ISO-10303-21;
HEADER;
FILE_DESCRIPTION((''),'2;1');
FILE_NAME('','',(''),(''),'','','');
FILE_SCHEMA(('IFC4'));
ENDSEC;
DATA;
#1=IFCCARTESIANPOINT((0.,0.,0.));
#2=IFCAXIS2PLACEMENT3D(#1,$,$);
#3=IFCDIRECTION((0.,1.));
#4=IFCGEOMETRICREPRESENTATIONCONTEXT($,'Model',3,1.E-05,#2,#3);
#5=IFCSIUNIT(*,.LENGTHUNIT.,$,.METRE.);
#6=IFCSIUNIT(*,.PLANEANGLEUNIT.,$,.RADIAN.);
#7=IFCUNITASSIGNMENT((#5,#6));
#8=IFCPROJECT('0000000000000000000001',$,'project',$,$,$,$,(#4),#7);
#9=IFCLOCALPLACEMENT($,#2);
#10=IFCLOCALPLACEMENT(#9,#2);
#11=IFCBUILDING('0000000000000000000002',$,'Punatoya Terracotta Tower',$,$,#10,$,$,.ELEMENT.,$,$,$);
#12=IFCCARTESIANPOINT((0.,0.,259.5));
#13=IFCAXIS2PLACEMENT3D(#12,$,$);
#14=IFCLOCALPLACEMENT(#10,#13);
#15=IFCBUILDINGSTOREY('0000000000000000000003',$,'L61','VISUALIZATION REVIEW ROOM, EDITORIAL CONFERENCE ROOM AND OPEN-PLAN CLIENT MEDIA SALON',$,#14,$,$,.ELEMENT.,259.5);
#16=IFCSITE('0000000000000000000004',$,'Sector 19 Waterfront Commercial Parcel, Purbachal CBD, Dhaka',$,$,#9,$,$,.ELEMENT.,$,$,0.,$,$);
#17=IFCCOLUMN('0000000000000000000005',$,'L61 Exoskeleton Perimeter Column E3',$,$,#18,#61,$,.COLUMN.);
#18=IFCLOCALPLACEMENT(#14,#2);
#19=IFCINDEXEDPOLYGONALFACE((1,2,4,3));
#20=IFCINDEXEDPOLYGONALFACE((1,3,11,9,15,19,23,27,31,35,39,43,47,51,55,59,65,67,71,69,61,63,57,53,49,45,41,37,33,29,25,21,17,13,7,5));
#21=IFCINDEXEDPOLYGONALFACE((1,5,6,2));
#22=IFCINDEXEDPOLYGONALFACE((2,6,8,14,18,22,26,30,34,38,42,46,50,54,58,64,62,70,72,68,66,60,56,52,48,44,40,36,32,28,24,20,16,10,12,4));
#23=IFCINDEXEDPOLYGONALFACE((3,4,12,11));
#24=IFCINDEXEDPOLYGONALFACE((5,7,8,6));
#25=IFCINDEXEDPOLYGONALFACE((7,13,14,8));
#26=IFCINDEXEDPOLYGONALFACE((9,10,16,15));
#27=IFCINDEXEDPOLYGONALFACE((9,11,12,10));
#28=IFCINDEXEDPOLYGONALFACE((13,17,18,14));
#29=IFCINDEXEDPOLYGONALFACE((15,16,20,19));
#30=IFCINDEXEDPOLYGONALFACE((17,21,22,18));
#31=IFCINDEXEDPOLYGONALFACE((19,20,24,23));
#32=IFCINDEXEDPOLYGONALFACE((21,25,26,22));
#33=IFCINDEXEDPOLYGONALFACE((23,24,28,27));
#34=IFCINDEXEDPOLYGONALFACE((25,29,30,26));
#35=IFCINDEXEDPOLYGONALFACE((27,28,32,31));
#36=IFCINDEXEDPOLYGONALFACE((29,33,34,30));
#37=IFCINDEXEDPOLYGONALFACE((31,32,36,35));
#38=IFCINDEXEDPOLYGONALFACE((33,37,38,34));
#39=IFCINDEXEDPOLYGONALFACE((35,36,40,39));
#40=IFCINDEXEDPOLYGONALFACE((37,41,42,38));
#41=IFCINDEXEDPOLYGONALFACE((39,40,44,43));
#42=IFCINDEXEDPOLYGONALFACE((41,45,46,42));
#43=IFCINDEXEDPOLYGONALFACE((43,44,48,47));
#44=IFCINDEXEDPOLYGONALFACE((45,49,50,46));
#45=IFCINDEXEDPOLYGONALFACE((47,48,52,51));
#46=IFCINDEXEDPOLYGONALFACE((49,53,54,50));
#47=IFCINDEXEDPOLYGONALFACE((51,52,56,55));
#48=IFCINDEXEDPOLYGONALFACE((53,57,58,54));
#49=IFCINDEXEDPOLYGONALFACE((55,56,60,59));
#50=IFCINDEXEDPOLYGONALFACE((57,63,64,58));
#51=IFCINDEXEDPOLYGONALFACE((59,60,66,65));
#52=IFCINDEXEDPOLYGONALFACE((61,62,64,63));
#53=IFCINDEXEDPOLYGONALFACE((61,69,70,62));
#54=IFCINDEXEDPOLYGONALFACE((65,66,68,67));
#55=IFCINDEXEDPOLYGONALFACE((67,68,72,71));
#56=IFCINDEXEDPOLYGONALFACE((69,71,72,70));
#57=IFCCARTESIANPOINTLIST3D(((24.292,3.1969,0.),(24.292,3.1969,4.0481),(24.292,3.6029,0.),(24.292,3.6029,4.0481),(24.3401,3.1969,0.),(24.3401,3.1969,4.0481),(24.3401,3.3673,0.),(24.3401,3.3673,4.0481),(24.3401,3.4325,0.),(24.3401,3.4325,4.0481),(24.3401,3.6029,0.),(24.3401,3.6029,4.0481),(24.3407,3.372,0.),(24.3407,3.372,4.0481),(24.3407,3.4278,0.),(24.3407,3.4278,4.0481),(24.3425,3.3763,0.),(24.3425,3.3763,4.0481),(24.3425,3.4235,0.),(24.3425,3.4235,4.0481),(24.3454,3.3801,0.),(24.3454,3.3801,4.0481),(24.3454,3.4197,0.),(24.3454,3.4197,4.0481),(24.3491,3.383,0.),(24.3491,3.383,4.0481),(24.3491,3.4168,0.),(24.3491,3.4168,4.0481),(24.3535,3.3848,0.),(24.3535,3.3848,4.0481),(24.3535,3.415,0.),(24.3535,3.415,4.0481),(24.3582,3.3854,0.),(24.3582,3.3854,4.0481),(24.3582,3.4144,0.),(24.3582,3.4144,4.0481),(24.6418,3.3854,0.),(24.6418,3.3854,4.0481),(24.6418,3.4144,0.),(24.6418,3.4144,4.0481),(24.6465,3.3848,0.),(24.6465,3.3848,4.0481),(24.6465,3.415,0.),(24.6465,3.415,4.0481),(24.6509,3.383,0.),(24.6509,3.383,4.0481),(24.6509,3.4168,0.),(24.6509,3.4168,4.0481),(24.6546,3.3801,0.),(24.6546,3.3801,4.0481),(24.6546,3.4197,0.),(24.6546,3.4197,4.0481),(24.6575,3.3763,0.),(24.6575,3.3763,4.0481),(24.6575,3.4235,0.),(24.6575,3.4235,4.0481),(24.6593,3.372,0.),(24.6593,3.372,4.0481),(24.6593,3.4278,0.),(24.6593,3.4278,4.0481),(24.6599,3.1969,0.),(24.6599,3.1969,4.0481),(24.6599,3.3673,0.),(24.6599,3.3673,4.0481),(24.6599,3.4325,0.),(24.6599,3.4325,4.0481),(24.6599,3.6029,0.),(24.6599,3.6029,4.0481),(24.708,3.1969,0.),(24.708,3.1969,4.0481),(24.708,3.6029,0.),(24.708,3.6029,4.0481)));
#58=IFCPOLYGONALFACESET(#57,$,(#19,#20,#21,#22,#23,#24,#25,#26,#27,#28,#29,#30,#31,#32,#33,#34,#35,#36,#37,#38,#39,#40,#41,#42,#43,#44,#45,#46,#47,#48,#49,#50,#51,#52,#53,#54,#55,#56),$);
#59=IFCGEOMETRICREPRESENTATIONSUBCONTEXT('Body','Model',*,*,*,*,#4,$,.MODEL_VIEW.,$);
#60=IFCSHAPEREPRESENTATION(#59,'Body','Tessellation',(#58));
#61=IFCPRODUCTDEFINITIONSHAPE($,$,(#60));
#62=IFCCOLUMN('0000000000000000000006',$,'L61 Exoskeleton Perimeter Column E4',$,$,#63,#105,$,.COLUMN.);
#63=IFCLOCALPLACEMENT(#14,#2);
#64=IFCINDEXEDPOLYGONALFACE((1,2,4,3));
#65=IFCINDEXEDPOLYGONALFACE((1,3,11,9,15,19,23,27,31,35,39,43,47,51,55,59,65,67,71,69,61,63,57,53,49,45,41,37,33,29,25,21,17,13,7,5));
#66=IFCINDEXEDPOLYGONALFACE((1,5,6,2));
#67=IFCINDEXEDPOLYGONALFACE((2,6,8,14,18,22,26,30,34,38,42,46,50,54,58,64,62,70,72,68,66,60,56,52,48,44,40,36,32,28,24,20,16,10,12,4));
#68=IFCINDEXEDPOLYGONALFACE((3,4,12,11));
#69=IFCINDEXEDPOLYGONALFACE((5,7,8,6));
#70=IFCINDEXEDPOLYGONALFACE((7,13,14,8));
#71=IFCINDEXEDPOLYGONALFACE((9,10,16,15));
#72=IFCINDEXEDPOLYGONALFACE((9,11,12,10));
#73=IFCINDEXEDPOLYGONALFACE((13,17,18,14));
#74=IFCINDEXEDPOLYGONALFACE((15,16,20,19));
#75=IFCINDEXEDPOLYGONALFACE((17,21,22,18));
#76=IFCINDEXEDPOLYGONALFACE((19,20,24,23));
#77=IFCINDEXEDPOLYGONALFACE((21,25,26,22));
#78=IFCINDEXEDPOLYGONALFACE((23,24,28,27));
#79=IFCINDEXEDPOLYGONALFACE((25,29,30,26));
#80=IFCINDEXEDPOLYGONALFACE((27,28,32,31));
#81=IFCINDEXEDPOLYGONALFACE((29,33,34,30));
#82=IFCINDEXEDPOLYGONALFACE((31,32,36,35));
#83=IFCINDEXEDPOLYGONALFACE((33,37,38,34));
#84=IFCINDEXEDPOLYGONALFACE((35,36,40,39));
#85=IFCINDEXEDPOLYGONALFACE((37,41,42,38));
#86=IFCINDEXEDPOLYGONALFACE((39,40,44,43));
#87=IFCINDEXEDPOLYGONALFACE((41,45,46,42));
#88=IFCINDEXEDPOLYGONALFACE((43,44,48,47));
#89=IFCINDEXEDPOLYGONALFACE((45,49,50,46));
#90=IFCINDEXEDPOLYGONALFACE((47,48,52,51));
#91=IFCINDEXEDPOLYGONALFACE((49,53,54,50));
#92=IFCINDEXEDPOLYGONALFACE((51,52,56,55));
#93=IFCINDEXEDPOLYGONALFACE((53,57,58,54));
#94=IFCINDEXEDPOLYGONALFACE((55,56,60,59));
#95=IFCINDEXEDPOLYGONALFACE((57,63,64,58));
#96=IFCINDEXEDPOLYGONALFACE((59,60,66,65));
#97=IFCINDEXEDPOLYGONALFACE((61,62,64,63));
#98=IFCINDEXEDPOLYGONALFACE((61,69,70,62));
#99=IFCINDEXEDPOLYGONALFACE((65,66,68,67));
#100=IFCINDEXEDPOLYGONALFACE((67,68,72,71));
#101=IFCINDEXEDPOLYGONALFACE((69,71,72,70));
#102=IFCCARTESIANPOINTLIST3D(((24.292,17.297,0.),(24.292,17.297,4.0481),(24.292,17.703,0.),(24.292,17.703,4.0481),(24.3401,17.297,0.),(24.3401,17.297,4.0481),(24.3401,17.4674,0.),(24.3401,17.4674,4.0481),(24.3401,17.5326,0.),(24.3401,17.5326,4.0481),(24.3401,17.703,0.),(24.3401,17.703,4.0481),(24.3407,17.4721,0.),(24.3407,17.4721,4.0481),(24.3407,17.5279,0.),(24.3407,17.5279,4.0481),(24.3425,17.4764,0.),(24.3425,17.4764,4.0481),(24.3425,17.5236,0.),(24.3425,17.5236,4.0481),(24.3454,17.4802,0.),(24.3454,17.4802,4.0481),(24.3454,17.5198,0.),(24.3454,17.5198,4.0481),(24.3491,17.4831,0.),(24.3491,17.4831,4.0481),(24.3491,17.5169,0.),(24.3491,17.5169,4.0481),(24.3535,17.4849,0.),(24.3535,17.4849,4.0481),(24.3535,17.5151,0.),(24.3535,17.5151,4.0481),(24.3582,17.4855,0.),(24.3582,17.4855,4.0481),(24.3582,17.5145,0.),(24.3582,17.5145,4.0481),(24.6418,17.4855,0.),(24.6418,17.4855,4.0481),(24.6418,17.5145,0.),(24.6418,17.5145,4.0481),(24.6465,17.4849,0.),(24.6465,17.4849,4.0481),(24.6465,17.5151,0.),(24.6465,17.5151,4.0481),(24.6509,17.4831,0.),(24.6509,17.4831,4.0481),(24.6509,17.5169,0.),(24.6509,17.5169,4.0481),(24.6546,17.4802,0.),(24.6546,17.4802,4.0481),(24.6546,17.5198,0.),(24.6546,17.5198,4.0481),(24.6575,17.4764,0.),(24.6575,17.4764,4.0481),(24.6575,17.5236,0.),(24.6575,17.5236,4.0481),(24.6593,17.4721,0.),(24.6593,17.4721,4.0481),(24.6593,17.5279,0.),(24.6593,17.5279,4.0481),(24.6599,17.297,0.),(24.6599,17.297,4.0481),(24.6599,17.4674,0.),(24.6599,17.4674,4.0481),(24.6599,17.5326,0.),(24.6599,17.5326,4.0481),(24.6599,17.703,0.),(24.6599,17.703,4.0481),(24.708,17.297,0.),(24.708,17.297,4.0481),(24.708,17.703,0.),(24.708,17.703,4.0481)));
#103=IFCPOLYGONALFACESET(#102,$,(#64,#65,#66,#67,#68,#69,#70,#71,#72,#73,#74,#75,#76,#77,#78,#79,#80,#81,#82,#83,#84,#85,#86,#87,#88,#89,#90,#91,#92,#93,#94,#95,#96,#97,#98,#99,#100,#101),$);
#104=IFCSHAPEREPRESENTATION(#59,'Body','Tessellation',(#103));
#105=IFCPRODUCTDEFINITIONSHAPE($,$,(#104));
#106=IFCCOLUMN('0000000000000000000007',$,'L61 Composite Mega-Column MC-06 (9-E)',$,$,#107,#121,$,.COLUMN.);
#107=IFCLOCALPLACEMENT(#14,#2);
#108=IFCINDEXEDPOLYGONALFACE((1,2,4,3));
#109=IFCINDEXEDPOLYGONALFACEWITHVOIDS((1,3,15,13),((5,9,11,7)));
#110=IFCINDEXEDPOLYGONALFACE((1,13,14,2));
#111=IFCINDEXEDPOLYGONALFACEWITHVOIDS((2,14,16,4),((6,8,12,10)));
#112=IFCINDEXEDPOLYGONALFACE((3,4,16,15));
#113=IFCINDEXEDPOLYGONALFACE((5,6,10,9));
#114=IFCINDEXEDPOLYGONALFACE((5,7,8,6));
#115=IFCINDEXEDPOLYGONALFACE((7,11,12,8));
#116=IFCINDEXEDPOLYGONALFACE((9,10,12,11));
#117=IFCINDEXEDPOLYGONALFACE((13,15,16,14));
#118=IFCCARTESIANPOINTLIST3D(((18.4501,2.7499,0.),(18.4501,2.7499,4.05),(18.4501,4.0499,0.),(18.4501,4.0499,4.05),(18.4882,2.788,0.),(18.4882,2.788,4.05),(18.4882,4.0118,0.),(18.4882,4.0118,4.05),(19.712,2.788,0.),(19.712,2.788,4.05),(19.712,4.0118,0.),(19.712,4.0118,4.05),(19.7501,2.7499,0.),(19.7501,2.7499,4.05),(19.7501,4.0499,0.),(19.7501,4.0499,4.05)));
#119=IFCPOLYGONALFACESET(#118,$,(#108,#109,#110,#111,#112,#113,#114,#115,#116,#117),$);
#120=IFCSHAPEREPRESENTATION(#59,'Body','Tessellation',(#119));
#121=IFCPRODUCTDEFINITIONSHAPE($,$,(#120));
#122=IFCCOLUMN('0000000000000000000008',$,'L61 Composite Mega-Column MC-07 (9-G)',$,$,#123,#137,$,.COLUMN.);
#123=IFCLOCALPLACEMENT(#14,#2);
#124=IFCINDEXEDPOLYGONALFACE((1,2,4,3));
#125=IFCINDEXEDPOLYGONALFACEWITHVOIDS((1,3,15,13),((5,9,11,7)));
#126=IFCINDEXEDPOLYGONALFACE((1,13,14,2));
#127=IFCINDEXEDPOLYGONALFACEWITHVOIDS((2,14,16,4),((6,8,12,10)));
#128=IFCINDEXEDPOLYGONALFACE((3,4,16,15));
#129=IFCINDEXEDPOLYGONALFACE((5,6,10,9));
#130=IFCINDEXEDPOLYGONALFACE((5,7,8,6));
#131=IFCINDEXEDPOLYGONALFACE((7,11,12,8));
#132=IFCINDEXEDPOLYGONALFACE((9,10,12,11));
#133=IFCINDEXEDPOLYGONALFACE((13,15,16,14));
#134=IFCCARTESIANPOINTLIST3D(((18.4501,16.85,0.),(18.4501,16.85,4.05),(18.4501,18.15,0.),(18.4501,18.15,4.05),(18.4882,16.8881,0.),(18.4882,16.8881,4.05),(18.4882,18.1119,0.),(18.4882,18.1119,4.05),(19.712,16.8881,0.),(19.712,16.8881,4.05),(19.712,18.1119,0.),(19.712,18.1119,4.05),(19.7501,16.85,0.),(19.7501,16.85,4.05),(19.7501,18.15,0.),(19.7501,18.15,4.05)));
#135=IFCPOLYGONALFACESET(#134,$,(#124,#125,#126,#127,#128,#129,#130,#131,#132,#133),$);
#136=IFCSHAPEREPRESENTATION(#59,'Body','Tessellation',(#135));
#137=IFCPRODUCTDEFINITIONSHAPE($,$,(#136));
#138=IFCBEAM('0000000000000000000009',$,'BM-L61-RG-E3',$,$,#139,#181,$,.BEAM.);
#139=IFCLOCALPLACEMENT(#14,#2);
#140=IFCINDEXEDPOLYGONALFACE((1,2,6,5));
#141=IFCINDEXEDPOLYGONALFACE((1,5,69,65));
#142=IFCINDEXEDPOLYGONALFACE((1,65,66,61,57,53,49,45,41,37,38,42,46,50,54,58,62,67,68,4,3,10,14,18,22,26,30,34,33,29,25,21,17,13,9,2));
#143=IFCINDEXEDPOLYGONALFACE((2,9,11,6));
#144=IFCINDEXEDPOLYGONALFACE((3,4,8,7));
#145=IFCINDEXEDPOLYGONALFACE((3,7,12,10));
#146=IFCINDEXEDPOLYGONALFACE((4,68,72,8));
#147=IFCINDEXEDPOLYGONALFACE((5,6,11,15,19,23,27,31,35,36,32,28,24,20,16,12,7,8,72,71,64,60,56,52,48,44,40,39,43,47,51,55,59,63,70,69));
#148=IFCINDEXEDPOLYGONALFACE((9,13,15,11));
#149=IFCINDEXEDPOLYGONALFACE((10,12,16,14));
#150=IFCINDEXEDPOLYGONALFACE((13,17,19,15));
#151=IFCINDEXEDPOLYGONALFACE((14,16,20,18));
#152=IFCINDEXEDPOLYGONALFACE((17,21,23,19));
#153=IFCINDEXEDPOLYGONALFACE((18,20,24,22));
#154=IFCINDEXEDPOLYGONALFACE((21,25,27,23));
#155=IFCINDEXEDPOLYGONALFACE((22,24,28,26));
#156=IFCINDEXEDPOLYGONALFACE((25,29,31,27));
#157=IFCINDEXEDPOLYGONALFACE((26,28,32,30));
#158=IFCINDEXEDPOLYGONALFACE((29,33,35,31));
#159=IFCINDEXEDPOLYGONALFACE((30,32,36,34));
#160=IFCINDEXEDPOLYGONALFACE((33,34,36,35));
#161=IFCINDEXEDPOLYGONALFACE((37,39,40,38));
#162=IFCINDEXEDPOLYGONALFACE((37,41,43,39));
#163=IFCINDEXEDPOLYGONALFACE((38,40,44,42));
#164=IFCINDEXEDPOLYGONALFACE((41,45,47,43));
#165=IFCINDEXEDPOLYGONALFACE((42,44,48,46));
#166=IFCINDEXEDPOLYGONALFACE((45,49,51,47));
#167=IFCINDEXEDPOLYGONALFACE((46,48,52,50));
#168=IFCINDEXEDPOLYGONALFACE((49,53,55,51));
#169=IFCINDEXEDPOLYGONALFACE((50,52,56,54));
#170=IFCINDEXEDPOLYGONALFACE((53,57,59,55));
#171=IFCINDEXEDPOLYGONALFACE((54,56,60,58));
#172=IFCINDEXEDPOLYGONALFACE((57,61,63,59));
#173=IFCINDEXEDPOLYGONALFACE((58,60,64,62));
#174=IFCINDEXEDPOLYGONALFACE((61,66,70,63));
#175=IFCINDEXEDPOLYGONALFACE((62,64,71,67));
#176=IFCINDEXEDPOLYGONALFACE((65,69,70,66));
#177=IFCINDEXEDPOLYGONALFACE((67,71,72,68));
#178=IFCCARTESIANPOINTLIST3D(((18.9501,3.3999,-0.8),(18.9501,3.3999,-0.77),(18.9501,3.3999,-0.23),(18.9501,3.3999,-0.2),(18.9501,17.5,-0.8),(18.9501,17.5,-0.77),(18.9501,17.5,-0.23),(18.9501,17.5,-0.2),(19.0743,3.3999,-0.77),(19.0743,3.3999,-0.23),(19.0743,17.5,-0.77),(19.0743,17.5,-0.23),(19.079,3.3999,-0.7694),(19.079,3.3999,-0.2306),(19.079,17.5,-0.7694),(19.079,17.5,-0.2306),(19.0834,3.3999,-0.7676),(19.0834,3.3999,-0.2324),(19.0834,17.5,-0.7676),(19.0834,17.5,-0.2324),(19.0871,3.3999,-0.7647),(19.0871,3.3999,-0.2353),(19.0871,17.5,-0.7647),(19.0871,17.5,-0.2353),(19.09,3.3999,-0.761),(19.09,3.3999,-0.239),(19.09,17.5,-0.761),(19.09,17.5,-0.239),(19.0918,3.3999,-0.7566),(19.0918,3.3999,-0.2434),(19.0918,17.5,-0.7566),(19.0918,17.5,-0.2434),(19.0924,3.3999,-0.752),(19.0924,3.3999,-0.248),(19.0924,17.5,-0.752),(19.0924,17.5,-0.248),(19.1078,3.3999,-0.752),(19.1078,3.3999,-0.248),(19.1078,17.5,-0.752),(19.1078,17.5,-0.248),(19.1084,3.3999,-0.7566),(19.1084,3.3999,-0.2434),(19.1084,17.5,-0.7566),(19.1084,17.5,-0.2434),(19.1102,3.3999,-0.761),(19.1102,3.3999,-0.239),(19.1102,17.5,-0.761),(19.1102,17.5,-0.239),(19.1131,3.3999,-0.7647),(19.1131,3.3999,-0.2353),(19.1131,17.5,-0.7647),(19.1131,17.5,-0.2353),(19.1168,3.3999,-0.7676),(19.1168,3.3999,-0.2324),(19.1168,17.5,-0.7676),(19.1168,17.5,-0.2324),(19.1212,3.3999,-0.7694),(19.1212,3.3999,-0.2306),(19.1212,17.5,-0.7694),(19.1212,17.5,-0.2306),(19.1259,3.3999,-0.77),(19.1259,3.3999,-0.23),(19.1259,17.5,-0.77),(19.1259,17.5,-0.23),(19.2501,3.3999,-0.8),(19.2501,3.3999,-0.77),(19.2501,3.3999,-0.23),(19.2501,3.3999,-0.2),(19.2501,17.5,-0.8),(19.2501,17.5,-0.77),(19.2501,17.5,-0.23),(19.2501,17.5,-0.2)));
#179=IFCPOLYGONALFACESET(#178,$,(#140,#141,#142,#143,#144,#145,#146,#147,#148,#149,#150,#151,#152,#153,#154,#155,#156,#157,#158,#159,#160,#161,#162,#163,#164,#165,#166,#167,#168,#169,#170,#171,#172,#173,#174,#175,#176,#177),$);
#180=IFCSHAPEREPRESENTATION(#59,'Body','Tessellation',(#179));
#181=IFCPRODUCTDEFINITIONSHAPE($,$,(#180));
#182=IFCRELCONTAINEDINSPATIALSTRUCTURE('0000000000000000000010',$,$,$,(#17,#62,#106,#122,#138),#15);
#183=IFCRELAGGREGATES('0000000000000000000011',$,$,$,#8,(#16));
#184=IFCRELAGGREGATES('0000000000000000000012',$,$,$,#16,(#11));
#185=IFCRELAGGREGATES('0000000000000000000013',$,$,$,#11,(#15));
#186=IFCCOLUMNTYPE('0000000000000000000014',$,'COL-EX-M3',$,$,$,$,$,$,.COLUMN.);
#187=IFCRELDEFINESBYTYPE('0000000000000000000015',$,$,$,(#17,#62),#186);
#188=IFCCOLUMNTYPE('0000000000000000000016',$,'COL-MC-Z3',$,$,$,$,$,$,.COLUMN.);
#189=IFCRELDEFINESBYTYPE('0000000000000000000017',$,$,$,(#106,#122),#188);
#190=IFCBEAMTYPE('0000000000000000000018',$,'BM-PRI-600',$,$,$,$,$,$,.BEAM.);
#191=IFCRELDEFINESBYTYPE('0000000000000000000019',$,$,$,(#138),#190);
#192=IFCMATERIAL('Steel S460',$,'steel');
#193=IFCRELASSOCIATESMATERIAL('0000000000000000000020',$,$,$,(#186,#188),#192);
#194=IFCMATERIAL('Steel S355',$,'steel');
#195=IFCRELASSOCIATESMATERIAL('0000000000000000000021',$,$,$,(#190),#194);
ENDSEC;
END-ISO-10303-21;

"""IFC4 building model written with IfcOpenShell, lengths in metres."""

from ifc_helpers import new_model, si_unit, direction, frame, origin, origin_2d, place, context, subcontext, project, spatial, hollow_rectangle, i_section, extrude, material, material_profile, profile_set, type_object, element, save


model = new_model("IFC4")

# Units and contexts
model_context = context("Model", 3, precision=1e-05, world=origin(), true_north=direction((0.0, 1.0)))
body_context = subcontext(model_context, "Body", "Model", "MODEL_VIEW")
ifc_project = project(units=[si_unit("LENGTHUNIT", "METRE"), si_unit("PLANEANGLEUNIT", "RADIAN")], contexts=[model_context])

# Site, building, storey
site_placement = place(None, origin())
site = spatial("IfcSite", under=ifc_project, at=site_placement, Name="Sector 19 Waterfront Commercial Parcel, Purbachal CBD, Dhaka", CompositionType="ELEMENT", RefElevation=0.0)
building_placement = place(site_placement, origin())
building = spatial("IfcBuilding", under=site, at=building_placement, Name="Punatoya Terracotta Tower", CompositionType="ELEMENT")
storey_placement = place(building_placement, frame((0.0, 0.0, 259.5)))
storey = spatial("IfcBuildingStorey", under=building, at=storey_placement, Name="L61", Description="VISUALIZATION REVIEW ROOM, EDITORIAL CONFERENCE ROOM AND OPEN-PLAN CLIENT MEDIA SALON", CompositionType="ELEMENT", Elevation=259.5)

# Columns
ifc_material_1 = material(Name="Steel S460", Category="steel")
ifc_material_profile_1 = material_profile(ifc_material_1, i_section(OverallWidth=0.406, OverallDepth=0.416, WebThickness=0.0291, FlangeThickness=0.0481, FilletRadius=0.0181, at=origin_2d()))
ifc_profile_set_1 = profile_set([ifc_material_profile_1], Name="Steel S460")
column_type_1 = type_object("IfcColumnType", Name="COL-EX-M3", PredefinedType="COLUMN", material=ifc_profile_set_1)
for number, where, z_axis, x_axis, name in (
    (1, (24.5, 3.3999, 0.0), (0.0, 0.0, 1.0), (0.0, 1.0, 0.0), "L61 Exoskeleton Perimeter Column E3"),
    (2, (24.5, 17.5, 0.0), (0.0, 0.0, 1.0), (0.0, 1.0, 0.0), "L61 Exoskeleton Perimeter Column E4"),
):
    element("IfcColumn", number, at=place(storey_placement, frame(where, z_axis=z_axis, x_axis=x_axis)), inside=storey, type_object=column_type_1, Name=name, PredefinedType="COLUMN", context=body_context, shape_type="SweptSolid", body=[
        extrude(i_section(OverallWidth=0.406, OverallDepth=0.416, WebThickness=0.0291, FlangeThickness=0.0481, FilletRadius=0.0181, at=origin_2d()), origin(), (0.0, 0.0, 1.0), 4.0481),
    ])
ifc_material_profile_2 = material_profile(ifc_material_1, hollow_rectangle(XDim=1.3, YDim=1.3, WallThickness=0.0381, at=origin_2d()))
ifc_profile_set_2 = profile_set([ifc_material_profile_2], Name="Steel S460")
column_type_2 = type_object("IfcColumnType", Name="COL-MC-Z3", PredefinedType="COLUMN", material=ifc_profile_set_2)
for number, where, z_axis, x_axis, name in (
    (3, (19.1001, 3.3999, 0.0), (0.0, 0.0, 1.0), (1.0, 0.0, 0.0), "L61 Composite Mega-Column MC-06 (9-E)"),
    (4, (19.1001, 17.5, 0.0), (0.0, 0.0, 1.0), (1.0, 0.0, 0.0), "L61 Composite Mega-Column MC-07 (9-G)"),
):
    element("IfcColumn", number, at=place(storey_placement, frame(where, z_axis=z_axis, x_axis=x_axis)), inside=storey, type_object=column_type_2, Name=name, PredefinedType="COLUMN", context=body_context, shape_type="SweptSolid", body=[
        extrude(hollow_rectangle(XDim=1.3, YDim=1.3, WallThickness=0.0381, at=origin_2d()), origin(), (0.0, 0.0, 1.0), 4.05),
    ])

# Beam
ifc_material_2 = material(Name="Steel S355", Category="steel")
ifc_material_profile_3 = material_profile(ifc_material_2, i_section(OverallWidth=0.3, OverallDepth=0.6001, WebThickness=0.0154, FlangeThickness=0.03, FilletRadius=0.0181, at=origin_2d()))
ifc_profile_set_3 = profile_set([ifc_material_profile_3], Name="Steel S355")
beam_type_1 = type_object("IfcBeamType", Name="BM-PRI-600", PredefinedType="BEAM", material=ifc_profile_set_3)
beam_1_placement = place(storey_placement, frame((19.1001, 3.3999, -0.5), z_axis=(0.0, 1.0, 0.0), x_axis=(-1.0, 0.0, 0.0)))
element("IfcBeam", 5, at=beam_1_placement, inside=storey, type_object=beam_type_1, Name="BM-L61-RG-E3", PredefinedType="BEAM", context=body_context, shape_type="SweptSolid", body=[
    extrude(i_section(OverallWidth=0.3, OverallDepth=0.6001, WebThickness=0.0154, FlangeThickness=0.03, FilletRadius=0.0181, at=origin_2d()), origin(), (0.0, 0.0, 1.0), 14.1001),
])

save(model, "model.ifc")
